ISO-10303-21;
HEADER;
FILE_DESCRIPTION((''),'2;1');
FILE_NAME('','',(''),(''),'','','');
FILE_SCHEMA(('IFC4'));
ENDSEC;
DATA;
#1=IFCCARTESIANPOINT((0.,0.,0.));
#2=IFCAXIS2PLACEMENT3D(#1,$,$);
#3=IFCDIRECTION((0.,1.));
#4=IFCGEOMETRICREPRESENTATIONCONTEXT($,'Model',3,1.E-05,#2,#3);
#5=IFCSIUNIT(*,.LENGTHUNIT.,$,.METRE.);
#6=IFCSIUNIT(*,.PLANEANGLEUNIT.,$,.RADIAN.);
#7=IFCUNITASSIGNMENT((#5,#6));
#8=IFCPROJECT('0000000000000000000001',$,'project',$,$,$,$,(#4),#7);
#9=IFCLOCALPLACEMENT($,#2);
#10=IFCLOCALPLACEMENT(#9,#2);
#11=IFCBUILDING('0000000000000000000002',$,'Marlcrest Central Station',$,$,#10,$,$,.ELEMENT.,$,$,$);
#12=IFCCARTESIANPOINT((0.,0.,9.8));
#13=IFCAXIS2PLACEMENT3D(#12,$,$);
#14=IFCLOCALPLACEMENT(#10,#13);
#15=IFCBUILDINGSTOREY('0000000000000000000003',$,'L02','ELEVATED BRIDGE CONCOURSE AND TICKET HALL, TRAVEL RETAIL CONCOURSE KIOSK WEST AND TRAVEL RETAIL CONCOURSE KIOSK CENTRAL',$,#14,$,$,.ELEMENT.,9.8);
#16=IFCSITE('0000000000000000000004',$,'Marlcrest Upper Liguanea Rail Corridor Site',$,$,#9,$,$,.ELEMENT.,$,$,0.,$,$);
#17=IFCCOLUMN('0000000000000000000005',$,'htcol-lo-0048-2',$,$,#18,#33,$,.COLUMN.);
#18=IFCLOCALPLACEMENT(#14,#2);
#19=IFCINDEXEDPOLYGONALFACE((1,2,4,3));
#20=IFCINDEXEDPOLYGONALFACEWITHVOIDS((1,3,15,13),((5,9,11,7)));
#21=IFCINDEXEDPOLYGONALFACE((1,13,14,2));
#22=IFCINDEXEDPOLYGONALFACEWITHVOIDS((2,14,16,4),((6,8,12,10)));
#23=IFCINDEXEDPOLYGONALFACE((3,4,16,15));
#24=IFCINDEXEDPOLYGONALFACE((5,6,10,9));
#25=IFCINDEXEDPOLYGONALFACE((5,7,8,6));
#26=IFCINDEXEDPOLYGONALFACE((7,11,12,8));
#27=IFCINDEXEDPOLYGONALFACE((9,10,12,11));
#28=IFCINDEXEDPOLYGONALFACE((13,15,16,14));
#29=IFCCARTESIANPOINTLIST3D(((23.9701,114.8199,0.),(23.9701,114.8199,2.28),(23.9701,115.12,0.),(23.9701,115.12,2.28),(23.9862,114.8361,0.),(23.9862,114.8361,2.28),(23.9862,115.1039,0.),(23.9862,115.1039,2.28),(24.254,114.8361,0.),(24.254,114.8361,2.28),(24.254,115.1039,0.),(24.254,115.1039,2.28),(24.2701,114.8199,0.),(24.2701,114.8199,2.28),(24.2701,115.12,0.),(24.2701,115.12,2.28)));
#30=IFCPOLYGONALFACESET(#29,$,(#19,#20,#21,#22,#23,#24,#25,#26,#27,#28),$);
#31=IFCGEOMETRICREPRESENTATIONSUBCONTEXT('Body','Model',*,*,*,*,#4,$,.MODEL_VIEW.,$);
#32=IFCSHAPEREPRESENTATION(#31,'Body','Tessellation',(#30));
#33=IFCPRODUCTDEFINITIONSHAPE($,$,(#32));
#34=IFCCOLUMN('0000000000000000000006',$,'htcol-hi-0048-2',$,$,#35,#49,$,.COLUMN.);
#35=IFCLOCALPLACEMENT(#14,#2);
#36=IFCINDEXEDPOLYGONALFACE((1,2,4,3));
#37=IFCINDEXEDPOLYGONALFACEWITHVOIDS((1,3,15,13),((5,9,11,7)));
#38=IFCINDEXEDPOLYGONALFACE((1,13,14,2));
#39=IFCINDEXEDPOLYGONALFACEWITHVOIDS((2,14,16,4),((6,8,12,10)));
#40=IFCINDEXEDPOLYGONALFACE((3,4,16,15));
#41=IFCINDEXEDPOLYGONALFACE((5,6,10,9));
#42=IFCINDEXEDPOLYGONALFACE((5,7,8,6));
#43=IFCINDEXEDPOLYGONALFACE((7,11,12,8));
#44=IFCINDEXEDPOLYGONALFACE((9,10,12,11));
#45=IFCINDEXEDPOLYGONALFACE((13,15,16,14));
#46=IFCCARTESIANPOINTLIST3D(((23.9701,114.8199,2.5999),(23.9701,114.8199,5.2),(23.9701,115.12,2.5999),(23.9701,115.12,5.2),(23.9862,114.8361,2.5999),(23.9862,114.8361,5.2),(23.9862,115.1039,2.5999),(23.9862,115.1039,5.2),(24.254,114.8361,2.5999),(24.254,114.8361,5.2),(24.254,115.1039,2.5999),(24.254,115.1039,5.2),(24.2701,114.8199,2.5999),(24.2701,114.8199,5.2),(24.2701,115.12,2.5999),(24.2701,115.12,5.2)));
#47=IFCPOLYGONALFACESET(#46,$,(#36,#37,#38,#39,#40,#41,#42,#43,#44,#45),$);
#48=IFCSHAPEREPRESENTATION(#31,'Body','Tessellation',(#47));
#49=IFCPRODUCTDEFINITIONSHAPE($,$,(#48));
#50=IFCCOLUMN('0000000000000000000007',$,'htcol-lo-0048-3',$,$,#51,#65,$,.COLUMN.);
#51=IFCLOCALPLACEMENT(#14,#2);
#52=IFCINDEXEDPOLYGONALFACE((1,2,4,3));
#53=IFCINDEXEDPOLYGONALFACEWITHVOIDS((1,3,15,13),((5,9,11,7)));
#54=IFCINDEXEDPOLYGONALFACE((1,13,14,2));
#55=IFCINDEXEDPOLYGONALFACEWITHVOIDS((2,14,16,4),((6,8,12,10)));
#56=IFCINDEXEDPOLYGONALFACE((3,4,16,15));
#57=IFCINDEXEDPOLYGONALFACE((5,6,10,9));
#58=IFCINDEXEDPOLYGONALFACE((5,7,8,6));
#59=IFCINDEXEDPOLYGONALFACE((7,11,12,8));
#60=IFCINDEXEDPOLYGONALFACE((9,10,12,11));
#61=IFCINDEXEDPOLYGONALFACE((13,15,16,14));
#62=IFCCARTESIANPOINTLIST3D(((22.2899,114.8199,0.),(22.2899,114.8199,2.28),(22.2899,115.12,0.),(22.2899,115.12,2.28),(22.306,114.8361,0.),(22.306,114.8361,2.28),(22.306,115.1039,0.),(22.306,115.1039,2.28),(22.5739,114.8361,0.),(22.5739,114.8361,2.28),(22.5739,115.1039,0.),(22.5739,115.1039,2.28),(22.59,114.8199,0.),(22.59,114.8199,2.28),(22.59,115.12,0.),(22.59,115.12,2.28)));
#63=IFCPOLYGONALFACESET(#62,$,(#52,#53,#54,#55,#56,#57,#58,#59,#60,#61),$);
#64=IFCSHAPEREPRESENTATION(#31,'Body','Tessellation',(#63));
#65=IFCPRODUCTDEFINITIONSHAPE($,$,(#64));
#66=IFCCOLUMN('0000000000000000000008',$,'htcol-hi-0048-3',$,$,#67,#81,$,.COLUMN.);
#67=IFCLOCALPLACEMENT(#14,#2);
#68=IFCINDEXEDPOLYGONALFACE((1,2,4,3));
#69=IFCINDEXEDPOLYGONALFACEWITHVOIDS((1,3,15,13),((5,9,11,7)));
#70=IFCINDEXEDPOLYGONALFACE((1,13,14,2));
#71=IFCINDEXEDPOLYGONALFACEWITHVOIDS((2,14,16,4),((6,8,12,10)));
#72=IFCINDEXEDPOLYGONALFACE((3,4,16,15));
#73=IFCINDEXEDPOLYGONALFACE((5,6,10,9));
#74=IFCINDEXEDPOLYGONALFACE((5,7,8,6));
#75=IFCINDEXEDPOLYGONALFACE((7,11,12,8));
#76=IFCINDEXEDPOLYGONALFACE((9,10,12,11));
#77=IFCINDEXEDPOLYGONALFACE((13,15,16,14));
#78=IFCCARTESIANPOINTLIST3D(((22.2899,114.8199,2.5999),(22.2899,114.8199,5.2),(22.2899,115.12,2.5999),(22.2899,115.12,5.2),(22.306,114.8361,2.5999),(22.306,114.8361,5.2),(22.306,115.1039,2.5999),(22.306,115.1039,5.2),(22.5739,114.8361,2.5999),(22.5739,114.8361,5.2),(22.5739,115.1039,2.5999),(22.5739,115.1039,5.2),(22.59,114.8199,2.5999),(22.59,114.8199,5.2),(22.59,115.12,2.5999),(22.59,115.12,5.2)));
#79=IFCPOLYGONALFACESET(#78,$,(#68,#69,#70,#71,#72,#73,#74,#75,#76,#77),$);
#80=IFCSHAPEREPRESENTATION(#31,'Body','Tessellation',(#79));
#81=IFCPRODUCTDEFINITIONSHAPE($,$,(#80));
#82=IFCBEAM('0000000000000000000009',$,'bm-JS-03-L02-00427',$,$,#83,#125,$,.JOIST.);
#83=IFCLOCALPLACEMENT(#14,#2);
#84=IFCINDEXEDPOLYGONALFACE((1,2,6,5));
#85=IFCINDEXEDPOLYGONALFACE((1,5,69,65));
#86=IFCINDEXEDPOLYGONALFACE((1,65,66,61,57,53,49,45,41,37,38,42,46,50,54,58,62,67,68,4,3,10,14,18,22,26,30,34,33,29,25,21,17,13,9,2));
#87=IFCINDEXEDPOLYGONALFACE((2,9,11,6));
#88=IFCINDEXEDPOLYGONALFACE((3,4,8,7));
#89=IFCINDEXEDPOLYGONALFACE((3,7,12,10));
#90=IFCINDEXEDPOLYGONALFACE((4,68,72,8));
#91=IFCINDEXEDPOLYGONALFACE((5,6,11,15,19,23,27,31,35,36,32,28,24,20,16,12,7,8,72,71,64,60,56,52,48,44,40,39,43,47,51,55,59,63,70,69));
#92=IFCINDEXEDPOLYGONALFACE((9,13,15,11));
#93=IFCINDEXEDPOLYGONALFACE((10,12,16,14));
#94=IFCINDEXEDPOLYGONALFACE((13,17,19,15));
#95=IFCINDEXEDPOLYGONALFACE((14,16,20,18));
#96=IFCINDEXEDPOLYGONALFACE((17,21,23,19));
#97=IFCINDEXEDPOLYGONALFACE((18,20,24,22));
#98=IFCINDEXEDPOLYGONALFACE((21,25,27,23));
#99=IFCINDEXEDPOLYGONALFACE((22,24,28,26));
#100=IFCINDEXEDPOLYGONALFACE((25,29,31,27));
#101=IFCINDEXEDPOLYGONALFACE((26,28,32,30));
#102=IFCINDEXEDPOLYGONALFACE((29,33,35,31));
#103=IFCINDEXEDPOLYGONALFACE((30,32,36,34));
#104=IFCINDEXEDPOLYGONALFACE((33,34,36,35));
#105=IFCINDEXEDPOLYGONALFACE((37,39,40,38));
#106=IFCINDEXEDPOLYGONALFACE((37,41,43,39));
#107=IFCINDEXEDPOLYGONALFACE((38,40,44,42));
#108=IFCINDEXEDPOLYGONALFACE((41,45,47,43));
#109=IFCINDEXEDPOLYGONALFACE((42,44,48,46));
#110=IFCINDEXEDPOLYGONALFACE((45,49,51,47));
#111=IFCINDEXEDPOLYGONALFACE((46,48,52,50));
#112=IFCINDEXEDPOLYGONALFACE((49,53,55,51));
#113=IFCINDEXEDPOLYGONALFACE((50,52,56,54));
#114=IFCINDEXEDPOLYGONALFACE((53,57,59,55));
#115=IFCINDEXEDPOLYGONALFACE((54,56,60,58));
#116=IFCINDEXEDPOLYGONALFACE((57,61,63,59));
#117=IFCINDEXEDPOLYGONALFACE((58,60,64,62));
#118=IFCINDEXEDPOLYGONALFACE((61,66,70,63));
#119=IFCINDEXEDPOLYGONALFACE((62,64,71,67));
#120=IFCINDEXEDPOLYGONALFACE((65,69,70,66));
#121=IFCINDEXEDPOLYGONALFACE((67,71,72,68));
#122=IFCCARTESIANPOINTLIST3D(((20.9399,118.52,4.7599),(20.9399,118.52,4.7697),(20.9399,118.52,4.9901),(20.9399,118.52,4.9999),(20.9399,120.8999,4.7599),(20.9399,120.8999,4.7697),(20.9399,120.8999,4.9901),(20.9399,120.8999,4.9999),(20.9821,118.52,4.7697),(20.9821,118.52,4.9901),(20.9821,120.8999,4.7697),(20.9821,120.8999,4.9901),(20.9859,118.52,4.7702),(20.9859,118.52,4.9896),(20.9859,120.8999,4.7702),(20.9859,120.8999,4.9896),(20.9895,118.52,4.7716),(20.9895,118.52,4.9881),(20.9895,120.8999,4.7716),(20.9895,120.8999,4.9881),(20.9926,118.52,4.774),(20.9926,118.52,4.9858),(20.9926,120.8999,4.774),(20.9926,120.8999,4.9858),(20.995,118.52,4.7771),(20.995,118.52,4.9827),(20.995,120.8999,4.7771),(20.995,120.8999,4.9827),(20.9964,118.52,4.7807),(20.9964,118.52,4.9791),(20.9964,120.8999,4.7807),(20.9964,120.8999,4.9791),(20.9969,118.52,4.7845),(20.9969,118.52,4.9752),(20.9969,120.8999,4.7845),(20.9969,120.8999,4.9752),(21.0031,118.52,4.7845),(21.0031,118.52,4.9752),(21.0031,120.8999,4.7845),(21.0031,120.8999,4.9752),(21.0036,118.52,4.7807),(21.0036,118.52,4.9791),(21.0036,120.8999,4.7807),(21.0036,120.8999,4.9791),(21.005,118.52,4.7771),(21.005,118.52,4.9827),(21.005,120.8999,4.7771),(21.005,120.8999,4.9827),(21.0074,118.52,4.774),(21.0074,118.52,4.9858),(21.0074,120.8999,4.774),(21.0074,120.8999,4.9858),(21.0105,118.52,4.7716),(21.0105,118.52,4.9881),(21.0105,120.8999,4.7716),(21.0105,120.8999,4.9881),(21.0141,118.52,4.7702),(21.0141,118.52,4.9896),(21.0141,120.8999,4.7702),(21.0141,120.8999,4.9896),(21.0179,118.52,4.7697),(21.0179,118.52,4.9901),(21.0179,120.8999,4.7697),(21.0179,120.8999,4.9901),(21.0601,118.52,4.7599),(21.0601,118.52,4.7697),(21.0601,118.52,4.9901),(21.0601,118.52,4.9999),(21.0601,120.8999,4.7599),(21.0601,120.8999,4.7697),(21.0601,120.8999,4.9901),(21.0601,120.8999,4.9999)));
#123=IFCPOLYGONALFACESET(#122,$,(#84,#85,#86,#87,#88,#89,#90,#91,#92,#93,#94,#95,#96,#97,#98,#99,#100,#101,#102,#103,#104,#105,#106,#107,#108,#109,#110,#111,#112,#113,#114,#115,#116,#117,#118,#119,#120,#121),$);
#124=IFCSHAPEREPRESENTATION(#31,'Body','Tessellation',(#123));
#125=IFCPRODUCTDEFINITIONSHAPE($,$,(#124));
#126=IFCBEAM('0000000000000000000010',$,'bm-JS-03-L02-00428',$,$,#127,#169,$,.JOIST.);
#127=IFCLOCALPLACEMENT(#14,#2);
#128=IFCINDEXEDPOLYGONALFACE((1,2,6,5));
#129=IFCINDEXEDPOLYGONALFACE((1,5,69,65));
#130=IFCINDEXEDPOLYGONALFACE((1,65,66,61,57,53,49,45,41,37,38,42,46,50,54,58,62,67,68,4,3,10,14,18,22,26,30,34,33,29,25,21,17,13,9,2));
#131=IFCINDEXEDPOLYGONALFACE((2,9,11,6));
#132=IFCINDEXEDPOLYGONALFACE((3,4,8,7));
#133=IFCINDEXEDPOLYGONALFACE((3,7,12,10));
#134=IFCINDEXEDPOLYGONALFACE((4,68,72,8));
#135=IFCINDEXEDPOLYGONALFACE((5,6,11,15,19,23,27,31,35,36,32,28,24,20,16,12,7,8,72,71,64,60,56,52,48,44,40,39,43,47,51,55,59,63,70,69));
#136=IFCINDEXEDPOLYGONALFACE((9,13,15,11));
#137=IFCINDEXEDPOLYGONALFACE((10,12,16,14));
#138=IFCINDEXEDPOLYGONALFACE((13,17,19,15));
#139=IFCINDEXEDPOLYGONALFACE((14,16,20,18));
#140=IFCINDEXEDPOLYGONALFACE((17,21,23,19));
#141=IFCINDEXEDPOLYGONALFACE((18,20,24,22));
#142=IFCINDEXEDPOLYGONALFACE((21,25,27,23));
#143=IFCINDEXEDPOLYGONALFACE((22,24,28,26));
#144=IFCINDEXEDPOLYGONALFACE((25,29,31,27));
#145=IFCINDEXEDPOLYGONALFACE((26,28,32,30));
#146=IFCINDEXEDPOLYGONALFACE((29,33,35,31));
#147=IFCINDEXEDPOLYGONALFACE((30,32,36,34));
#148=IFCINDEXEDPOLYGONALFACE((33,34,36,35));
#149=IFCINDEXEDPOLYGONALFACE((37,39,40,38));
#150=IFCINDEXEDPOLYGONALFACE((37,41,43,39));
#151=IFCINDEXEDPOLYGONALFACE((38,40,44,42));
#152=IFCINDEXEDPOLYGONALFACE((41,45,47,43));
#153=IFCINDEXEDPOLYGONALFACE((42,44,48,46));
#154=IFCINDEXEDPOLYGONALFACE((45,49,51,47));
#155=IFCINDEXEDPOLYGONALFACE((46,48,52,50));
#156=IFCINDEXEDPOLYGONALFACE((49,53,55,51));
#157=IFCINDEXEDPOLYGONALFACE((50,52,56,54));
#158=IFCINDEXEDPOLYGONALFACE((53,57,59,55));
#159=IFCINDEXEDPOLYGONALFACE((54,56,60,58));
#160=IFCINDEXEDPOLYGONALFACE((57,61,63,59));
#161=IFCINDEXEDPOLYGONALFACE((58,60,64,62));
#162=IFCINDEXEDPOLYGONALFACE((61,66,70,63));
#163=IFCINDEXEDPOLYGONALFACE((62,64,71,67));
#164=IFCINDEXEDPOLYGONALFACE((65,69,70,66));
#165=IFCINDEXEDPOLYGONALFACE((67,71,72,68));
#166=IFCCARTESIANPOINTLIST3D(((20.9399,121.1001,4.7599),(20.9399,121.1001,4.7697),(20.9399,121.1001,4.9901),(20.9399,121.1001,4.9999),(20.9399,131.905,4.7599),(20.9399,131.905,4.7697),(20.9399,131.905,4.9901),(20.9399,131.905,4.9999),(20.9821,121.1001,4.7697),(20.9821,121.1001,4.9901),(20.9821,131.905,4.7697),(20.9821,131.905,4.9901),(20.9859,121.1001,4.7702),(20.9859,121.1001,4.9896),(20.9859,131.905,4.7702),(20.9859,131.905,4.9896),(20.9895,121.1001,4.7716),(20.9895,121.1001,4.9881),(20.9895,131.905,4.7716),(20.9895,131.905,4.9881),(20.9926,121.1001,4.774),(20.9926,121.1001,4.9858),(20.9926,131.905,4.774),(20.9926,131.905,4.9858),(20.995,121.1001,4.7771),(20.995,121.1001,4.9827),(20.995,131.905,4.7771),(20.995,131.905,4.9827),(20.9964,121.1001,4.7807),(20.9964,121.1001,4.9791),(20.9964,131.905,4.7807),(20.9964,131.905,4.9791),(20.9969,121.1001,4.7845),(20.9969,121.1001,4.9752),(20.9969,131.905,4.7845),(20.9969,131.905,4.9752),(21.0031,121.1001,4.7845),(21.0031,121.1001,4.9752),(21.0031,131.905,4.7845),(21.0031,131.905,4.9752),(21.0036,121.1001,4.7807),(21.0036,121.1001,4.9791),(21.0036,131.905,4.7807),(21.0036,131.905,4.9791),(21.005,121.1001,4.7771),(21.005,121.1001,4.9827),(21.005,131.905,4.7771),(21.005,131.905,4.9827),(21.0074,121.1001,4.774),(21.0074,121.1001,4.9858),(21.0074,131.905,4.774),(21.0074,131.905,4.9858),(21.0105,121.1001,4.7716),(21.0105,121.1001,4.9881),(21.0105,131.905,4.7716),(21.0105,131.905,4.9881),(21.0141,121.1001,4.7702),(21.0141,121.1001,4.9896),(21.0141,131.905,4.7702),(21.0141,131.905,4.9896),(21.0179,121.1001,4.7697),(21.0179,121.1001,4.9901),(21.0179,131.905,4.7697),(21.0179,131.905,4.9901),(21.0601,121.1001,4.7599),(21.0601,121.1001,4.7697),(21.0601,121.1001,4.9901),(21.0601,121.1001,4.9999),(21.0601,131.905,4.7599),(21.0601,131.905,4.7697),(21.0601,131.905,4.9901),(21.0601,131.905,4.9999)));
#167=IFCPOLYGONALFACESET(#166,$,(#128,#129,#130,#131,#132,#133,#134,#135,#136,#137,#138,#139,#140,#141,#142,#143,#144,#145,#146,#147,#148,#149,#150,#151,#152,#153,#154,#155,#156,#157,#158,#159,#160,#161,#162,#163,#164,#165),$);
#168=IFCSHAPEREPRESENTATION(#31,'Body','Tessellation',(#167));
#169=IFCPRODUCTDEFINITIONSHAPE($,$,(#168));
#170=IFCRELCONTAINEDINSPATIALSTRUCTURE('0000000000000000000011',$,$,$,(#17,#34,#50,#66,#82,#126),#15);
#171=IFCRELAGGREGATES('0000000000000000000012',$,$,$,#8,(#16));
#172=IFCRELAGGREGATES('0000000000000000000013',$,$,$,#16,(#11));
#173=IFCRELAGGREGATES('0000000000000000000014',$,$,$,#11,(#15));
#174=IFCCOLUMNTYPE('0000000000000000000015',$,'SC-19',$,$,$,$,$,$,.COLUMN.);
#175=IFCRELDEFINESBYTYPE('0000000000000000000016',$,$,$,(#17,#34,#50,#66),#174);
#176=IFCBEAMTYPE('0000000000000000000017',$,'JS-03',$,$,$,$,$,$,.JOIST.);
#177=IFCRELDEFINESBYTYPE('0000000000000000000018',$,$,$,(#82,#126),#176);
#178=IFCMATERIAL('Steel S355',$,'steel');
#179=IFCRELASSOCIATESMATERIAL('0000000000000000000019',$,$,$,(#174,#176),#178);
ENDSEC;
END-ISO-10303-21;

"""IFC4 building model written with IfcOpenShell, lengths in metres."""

from ifc_helpers import new_model, si_unit, direction, frame, origin, origin_2d, place, context, subcontext, project, spatial, hollow_rectangle, i_section, extrude, material, material_profile, profile_set, type_object, element, save


model = new_model("IFC4")

# Units and contexts
model_context = context("Model", 3, precision=1e-05, world=origin(), true_north=direction((0.0, 1.0)))
body_context = subcontext(model_context, "Body", "Model", "MODEL_VIEW")
ifc_project = project(units=[si_unit("LENGTHUNIT", "METRE"), si_unit("PLANEANGLEUNIT", "RADIAN")], contexts=[model_context])

# Site, building, storey
site_placement = place(None, origin())
site = spatial("IfcSite", under=ifc_project, at=site_placement, Name="Marlcrest Upper Liguanea Rail Corridor Site", CompositionType="ELEMENT", RefElevation=0.0)
building_placement = place(site_placement, origin())
building = spatial("IfcBuilding", under=site, at=building_placement, Name="Marlcrest Central Station", CompositionType="ELEMENT")
storey_placement = place(building_placement, frame((0.0, 0.0, 9.8)))
storey = spatial("IfcBuildingStorey", under=building, at=storey_placement, Name="L02", Description="ELEVATED BRIDGE CONCOURSE AND TICKET HALL, TRAVEL RETAIL CONCOURSE KIOSK WEST AND TRAVEL RETAIL CONCOURSE KIOSK CENTRAL", CompositionType="ELEMENT", Elevation=9.8)

# Columns
ifc_material_1 = material(Name="Steel S355", Category="steel")
ifc_material_profile_1 = material_profile(ifc_material_1, hollow_rectangle(XDim=0.3, YDim=0.3, WallThickness=0.0161, at=origin_2d()), Name="SHS 300x300x16")
ifc_profile_set_1 = profile_set([ifc_material_profile_1], Name="Steel S355")
column_type = type_object("IfcColumnType", Name="SC-19", PredefinedType="COLUMN", material=ifc_profile_set_1)
column_1_placement = place(storey_placement, frame((24.1201, 114.97, 0.0), z_axis=(0.0, 0.0, 1.0), x_axis=(1.0, 0.0, 0.0)))
element("IfcColumn", 1, at=column_1_placement, inside=storey, type_object=column_type, Name="htcol-lo-0048-2", PredefinedType="COLUMN", context=body_context, shape_type="SweptSolid", body=[
    extrude(hollow_rectangle(XDim=0.3, YDim=0.3, WallThickness=0.0161, at=origin_2d()), origin(), (0.0, 0.0, 1.0), 2.28),
])
column_2_placement = place(storey_placement, frame((24.1201, 114.97, 2.5999), z_axis=(0.0, 0.0, 1.0), x_axis=(1.0, 0.0, 0.0)))
element("IfcColumn", 2, at=column_2_placement, inside=storey, type_object=column_type, Name="htcol-hi-0048-2", PredefinedType="COLUMN", context=body_context, shape_type="SweptSolid", body=[
    extrude(hollow_rectangle(XDim=0.3, YDim=0.3, WallThickness=0.0161, at=origin_2d()), origin(), (0.0, 0.0, 1.0), 2.6001),
])
column_3_placement = place(storey_placement, frame((22.4399, 114.97, 0.0), z_axis=(0.0, 0.0, 1.0), x_axis=(1.0, 0.0, 0.0)))
element("IfcColumn", 3, at=column_3_placement, inside=storey, type_object=column_type, Name="htcol-lo-0048-3", PredefinedType="COLUMN", context=body_context, shape_type="SweptSolid", body=[
    extrude(hollow_rectangle(XDim=0.3, YDim=0.3, WallThickness=0.0161, at=origin_2d()), origin(), (0.0, 0.0, 1.0), 2.28),
])
column_4_placement = place(storey_placement, frame((22.4399, 114.97, 2.5999), z_axis=(0.0, 0.0, 1.0), x_axis=(1.0, 0.0, 0.0)))
element("IfcColumn", 4, at=column_4_placement, inside=storey, type_object=column_type, Name="htcol-hi-0048-3", PredefinedType="COLUMN", context=body_context, shape_type="SweptSolid", body=[
    extrude(hollow_rectangle(XDim=0.3, YDim=0.3, WallThickness=0.0161, at=origin_2d()), origin(), (0.0, 0.0, 1.0), 2.6001),
])

# Beams
ifc_material_profile_2 = material_profile(ifc_material_1, i_section(OverallWidth=0.1201, OverallDepth=0.24, WebThickness=0.0061, FlangeThickness=0.0098, FilletRadius=0.0149, at=origin_2d()), Name="IPE 240")
ifc_profile_set_2 = profile_set([ifc_material_profile_2], Name="Steel S355")
beam_type = type_object("IfcBeamType", Name="JS-03", PredefinedType="JOIST", material=ifc_profile_set_2)
beam_1_placement = place(storey_placement, frame((21.0, 118.52, 4.8799), z_axis=(0.0, 1.0, 0.0), x_axis=(-1.0, 0.0, 0.0)))
element("IfcBeam", 5, at=beam_1_placement, inside=storey, type_object=beam_type, Name="bm-JS-03-L02-00427", PredefinedType="JOIST", context=body_context, shape_type="SweptSolid", body=[
    extrude(i_section(OverallWidth=0.1201, OverallDepth=0.24, WebThickness=0.0061, FlangeThickness=0.0098, FilletRadius=0.0149, at=origin_2d()), origin(), (0.0, 0.0, 1.0), 2.3799),
])
beam_2_placement = place(storey_placement, frame((21.0, 121.1001, 4.8799), z_axis=(0.0, 1.0, 0.0), x_axis=(-1.0, 0.0, 0.0)))
element("IfcBeam", 6, at=beam_2_placement, inside=storey, type_object=beam_type, Name="bm-JS-03-L02-00428", PredefinedType="JOIST", context=body_context, shape_type="SweptSolid", body=[
    extrude(i_section(OverallWidth=0.1201, OverallDepth=0.24, WebThickness=0.0061, FlangeThickness=0.0098, FilletRadius=0.0149, at=origin_2d()), origin(), (0.0, 0.0, 1.0), 10.8049),
])

save(model, "model.ifc")
